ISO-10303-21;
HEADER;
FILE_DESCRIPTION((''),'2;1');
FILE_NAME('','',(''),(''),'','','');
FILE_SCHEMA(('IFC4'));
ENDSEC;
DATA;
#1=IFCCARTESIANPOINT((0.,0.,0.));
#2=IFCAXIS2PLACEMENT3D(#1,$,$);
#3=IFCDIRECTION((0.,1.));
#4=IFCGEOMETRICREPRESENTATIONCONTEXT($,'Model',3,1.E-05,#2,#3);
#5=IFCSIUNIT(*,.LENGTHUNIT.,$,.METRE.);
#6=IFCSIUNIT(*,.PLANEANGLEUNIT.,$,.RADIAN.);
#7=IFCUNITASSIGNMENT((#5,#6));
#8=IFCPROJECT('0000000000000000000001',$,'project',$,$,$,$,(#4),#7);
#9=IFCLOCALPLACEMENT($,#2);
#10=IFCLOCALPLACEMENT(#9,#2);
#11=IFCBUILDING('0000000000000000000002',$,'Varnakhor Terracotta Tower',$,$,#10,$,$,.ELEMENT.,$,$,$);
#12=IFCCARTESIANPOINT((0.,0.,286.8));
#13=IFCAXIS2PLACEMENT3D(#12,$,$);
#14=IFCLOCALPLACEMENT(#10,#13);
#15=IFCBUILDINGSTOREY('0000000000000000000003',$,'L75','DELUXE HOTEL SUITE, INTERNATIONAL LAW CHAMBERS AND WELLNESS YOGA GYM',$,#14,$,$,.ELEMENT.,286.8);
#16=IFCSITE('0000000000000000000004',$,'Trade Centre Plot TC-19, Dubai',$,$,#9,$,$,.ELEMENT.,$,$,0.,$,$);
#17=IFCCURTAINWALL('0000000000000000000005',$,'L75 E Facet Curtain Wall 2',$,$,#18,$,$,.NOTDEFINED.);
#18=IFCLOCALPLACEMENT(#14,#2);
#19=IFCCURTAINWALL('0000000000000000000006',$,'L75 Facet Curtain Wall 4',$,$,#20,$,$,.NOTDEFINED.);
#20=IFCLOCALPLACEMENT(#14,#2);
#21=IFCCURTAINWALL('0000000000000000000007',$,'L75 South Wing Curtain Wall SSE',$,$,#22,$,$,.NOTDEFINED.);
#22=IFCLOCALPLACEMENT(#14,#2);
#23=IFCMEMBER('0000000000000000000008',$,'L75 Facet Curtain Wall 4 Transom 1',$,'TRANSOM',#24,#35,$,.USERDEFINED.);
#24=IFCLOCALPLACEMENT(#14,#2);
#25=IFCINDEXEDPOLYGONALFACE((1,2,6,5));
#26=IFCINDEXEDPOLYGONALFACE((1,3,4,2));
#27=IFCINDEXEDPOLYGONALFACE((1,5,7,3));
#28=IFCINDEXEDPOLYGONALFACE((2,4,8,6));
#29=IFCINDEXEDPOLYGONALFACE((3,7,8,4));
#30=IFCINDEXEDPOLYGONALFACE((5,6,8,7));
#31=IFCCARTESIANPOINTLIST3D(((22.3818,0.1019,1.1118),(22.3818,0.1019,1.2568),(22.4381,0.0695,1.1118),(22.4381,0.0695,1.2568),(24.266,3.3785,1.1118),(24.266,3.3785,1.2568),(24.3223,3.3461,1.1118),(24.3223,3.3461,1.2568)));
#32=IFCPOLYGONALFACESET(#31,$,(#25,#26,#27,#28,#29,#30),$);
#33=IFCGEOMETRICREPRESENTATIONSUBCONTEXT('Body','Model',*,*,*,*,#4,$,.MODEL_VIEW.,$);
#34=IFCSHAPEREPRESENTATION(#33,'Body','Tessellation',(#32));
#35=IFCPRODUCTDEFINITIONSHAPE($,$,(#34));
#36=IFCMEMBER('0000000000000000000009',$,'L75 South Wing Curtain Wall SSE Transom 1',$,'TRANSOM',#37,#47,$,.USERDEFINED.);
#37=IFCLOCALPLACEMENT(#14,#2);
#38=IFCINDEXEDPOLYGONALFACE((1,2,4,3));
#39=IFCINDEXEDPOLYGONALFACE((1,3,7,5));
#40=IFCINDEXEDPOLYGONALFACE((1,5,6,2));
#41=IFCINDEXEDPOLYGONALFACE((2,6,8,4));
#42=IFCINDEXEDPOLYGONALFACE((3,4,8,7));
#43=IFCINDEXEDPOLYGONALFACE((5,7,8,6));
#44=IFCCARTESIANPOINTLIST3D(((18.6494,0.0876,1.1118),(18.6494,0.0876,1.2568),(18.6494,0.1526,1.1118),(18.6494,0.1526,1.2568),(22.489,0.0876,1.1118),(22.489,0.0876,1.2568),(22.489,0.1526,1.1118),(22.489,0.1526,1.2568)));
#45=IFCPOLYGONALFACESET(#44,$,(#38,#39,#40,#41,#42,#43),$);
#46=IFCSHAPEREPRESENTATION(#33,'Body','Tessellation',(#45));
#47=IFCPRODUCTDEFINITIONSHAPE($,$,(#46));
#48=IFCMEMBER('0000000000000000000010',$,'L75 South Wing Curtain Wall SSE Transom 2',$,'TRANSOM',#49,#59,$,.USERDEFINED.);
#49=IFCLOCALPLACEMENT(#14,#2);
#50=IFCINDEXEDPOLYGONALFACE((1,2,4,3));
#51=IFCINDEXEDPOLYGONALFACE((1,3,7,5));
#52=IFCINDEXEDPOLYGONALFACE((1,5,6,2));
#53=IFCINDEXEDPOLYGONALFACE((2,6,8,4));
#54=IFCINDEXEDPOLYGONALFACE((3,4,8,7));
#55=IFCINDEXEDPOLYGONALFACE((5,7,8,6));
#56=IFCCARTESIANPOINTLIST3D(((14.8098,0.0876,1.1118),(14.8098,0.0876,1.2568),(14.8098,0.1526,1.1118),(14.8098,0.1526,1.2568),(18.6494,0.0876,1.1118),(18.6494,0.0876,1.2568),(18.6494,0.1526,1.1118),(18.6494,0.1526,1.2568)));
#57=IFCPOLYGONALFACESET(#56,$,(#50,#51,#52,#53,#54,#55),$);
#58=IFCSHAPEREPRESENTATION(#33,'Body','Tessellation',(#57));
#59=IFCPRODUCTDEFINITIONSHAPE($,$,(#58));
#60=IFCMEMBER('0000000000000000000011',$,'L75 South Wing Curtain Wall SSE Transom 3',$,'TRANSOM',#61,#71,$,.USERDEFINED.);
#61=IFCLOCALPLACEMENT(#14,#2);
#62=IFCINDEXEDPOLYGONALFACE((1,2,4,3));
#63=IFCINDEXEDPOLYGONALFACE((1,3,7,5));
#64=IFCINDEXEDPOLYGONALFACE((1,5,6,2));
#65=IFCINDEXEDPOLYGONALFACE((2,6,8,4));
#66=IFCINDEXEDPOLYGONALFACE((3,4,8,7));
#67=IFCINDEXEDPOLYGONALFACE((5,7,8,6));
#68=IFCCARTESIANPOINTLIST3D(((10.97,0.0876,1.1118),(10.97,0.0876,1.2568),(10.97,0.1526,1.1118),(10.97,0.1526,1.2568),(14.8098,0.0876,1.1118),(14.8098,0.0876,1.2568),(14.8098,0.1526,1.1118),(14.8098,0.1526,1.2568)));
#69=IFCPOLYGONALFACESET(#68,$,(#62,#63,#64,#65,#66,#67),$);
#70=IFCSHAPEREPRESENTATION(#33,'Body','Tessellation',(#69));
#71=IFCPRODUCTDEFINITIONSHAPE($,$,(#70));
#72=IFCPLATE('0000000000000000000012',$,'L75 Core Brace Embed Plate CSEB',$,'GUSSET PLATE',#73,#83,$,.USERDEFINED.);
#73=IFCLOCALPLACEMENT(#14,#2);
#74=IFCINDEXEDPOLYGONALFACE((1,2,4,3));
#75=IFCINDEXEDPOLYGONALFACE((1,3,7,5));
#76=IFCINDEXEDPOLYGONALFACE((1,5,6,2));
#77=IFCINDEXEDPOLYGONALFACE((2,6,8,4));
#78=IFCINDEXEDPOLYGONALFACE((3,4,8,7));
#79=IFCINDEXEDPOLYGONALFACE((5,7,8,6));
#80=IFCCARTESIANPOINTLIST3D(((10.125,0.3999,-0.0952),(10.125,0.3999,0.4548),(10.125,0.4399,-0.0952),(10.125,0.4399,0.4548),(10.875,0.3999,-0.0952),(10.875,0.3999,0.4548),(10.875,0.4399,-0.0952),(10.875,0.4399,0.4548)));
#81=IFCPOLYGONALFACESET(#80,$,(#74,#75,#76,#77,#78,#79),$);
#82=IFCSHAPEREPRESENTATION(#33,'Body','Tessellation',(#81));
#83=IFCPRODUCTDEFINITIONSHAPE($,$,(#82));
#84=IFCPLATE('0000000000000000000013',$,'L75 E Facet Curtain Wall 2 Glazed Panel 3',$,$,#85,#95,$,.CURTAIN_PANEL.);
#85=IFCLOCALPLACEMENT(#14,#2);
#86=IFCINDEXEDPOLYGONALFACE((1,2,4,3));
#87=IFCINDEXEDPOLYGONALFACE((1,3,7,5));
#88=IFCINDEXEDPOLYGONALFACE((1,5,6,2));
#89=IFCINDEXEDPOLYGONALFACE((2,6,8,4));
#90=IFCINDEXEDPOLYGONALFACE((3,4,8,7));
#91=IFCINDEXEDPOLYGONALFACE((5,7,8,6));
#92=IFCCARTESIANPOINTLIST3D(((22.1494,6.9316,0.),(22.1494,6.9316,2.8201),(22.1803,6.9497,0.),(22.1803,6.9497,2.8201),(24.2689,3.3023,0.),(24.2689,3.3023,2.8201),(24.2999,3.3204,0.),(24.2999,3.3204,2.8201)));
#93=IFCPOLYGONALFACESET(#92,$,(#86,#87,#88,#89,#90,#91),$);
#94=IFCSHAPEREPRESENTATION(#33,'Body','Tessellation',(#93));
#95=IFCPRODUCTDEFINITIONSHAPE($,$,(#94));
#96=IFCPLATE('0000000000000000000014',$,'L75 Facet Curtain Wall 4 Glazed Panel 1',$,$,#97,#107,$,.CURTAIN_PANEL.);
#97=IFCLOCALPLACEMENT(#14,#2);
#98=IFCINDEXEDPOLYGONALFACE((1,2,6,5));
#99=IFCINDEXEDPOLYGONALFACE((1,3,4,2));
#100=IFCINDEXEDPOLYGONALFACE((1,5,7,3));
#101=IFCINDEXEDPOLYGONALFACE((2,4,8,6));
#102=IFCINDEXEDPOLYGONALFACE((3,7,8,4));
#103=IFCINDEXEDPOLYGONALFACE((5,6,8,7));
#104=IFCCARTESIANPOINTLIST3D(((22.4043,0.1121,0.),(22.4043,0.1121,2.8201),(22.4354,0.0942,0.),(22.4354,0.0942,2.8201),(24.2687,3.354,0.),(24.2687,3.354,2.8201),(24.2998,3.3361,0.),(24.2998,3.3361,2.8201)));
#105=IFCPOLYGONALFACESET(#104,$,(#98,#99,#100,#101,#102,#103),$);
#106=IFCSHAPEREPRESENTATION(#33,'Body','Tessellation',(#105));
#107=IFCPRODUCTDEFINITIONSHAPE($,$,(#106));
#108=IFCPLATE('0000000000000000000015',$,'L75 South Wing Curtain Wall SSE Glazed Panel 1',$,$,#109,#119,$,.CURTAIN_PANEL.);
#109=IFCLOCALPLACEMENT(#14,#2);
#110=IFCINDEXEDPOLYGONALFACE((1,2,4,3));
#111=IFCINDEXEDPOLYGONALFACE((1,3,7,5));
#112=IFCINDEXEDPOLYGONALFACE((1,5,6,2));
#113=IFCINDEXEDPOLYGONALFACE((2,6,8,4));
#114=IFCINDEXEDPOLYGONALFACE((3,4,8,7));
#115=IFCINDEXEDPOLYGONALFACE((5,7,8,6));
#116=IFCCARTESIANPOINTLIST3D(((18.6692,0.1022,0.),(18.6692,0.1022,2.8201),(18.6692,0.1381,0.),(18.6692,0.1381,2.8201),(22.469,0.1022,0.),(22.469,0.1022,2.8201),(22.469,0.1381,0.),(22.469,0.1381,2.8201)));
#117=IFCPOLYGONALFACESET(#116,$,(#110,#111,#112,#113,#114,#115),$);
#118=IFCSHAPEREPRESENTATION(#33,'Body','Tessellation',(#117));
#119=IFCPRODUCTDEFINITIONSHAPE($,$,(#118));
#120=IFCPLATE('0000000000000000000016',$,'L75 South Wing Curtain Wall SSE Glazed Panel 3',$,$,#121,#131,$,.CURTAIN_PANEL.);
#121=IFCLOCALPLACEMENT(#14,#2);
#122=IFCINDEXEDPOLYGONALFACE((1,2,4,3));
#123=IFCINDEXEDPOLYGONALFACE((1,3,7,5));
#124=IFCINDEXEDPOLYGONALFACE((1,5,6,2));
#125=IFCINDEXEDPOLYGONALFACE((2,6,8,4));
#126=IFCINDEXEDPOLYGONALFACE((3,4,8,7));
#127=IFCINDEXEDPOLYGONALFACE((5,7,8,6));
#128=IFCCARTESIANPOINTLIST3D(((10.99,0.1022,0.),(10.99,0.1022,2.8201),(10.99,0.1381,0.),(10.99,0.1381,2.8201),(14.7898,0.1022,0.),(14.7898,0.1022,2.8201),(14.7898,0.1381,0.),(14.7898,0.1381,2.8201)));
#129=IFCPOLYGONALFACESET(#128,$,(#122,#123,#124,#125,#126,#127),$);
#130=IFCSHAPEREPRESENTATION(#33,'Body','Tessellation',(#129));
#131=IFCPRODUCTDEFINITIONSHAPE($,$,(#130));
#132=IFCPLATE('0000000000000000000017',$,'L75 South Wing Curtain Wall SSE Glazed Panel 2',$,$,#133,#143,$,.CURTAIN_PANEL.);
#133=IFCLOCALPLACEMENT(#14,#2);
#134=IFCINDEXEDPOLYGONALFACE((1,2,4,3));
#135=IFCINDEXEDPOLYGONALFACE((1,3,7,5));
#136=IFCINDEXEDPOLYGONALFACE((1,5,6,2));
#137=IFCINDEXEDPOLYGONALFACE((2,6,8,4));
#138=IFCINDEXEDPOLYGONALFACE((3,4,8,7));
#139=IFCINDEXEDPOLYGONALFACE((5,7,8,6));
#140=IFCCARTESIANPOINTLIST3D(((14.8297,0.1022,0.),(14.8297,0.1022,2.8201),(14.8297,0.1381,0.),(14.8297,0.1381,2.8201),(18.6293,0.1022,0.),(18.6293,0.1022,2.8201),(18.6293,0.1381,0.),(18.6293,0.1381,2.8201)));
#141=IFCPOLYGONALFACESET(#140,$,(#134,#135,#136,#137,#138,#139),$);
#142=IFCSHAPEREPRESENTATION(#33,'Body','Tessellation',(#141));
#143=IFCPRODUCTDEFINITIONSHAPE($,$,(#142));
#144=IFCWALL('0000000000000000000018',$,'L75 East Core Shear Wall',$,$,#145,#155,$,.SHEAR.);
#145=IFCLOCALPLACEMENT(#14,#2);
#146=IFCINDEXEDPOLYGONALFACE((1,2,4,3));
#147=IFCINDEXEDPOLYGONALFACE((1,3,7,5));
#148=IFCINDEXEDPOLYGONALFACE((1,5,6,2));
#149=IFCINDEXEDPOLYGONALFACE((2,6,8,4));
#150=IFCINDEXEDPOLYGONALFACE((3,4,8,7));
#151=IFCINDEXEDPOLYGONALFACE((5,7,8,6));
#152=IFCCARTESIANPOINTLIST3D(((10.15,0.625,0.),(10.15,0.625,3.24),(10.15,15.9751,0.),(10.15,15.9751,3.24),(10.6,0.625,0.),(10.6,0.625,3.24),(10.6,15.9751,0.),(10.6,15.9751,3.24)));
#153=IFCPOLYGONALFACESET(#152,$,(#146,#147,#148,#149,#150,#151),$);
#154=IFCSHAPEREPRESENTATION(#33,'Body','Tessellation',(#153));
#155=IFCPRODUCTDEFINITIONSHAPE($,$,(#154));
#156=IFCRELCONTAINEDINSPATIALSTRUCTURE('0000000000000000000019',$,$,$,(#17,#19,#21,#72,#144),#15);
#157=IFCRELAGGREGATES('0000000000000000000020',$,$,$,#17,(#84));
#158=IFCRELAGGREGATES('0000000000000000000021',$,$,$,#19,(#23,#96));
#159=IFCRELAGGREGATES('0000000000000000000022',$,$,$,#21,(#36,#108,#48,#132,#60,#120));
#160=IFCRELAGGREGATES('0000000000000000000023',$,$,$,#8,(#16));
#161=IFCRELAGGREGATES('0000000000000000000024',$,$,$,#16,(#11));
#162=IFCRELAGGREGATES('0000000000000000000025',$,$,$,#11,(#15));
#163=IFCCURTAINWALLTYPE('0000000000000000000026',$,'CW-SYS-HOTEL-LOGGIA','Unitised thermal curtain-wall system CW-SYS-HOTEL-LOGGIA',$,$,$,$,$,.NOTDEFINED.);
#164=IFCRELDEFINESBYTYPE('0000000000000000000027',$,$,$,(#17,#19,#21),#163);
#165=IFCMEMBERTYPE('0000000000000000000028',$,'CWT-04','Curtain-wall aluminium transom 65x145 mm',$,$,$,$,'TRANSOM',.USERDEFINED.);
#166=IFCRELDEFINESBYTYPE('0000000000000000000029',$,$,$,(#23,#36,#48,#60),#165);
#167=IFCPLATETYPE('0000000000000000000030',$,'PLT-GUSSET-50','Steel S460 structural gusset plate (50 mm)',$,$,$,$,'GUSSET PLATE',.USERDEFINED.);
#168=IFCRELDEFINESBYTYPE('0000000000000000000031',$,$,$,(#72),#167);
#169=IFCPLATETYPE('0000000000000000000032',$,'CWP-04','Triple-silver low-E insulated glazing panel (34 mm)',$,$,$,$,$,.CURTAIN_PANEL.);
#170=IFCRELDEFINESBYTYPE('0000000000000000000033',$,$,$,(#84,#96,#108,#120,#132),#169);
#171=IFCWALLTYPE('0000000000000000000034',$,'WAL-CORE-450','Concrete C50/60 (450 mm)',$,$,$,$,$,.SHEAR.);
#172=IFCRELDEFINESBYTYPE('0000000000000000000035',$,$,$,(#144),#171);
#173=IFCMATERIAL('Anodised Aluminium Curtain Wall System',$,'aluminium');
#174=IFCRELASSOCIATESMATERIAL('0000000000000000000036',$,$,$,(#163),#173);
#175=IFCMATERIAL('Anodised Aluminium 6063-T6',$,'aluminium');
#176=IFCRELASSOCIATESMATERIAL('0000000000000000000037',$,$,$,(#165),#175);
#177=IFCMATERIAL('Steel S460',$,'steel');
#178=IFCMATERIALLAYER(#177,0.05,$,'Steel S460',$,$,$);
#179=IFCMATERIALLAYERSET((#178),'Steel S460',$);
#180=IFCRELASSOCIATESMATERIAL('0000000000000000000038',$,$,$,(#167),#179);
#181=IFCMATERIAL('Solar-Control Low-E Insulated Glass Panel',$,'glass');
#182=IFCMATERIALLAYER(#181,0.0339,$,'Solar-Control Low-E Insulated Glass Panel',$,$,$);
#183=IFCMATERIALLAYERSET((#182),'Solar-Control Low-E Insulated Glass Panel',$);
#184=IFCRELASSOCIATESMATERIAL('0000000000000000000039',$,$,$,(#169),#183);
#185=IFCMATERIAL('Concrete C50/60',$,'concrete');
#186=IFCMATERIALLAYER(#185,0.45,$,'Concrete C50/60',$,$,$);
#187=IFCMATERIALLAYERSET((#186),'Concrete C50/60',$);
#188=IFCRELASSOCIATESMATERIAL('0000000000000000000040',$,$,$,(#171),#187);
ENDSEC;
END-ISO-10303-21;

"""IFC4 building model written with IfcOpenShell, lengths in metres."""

from ifc_helpers import new_model, si_unit, direction, frame, frame_2d, origin, origin_2d, place, context, subcontext, project, spatial, rectangle, extrude, source, transform, mapped, material, layer, layer_set, material_profile, profile_set, type_object, type_shapes, element, aggregate, save


model = new_model("IFC4")

# Units and contexts
model_context = context("Model", 3, precision=1e-05, world=origin(), true_north=direction((0.0, 1.0)))
body_context = subcontext(model_context, "Body", "Model", "MODEL_VIEW")
ifc_project = project(units=[si_unit("LENGTHUNIT", "METRE"), si_unit("PLANEANGLEUNIT", "RADIAN")], contexts=[model_context])

# Site, building, storey
site_placement = place(None, origin())
site = spatial("IfcSite", under=ifc_project, at=site_placement, Name="Trade Centre Plot TC-19, Dubai", CompositionType="ELEMENT", RefElevation=0.0)
building_placement = place(site_placement, origin())
building = spatial("IfcBuilding", under=site, at=building_placement, Name="Varnakhor Terracotta Tower", CompositionType="ELEMENT")
storey_placement = place(building_placement, frame((0.0, 0.0, 286.8)))
storey = spatial("IfcBuildingStorey", under=building, at=storey_placement, Name="L75", Description="DELUXE HOTEL SUITE, INTERNATIONAL LAW CHAMBERS AND WELLNESS YOGA GYM", CompositionType="ELEMENT", Elevation=286.8)

# Shared definitions
ifc_material_1 = material(Name="Concrete C50/60", Category="concrete")

# Curtain walls
ifc_material_2 = material(Name="Anodised Aluminium Curtain Wall System", Category="aluminium")
curtain_wall_type = type_object("IfcCurtainWallType", Name="CW-SYS-HOTEL-LOGGIA", Description="Unitised thermal curtain-wall system CW-SYS-HOTEL-LOGGIA", PredefinedType="NOTDEFINED", material=ifc_material_2)
curtain_wall_1_placement = place(storey_placement, origin())
curtain_wall_1 = element("IfcCurtainWall", 1, at=curtain_wall_1_placement, inside=storey, type_object=curtain_wall_type, Name="L75 E Facet Curtain Wall 2", PredefinedType="NOTDEFINED")
ifc_material_3 = material(Name="Anodised Aluminium 6063-T6", Category="aluminium")
curtain_wall_2_placement = place(storey_placement, origin())
curtain_wall_2 = element("IfcCurtainWall", 2, at=curtain_wall_2_placement, inside=storey, type_object=curtain_wall_type, Name="L75 Facet Curtain Wall 4", PredefinedType="NOTDEFINED")

# Curtain wall
curtain_wall_3_placement = place(storey_placement, origin())
curtain_wall_3 = element("IfcCurtainWall", 3, at=curtain_wall_3_placement, inside=storey, type_object=curtain_wall_type, Name="L75 South Wing Curtain Wall SSE", PredefinedType="NOTDEFINED")

# Members
ifc_material_profile_1 = material_profile(ifc_material_3, rectangle(XDim=0.0649, YDim=0.145, at=origin_2d()), Name="ALU TRANSOM 65x145")
ifc_profile_set_1 = profile_set([ifc_material_profile_1], Name="Anodised Aluminium 6063-T6")
member_type_1 = type_object("IfcMemberType", Name="CWT-04", Description="Curtain-wall aluminium transom 65x145 mm", ElementType="TRANSOM", PredefinedType="USERDEFINED", material=ifc_profile_set_1)
shared_shape_1 = source(origin(), body_context, "Body", "SweptSolid", [
    extrude(rectangle(XDim=0.0649, YDim=0.145, at=origin_2d()), origin(), (0.0, 0.0, 1.0), 3.7798),
])
member_1_placement = place(storey_placement, frame((24.2942, 3.3623, 1.1843), z_axis=(-0.498516, -0.86688, 0.0), x_axis=(0.86688, -0.498516, 0.0)))
member_1 = element("IfcMember", 4, at=member_1_placement, type_object=member_type_1, Name="L75 Facet Curtain Wall 4 Transom 1", ObjectType="TRANSOM", PredefinedType="USERDEFINED", context=body_context, shape_type="MappedRepresentation", body=[
    mapped(shared_shape_1, transform((0.0, 0.0, 0.0), scale=1.0)),
])
shared_shape_2 = source(origin(), body_context, "Body", "SweptSolid", [
    extrude(rectangle(XDim=0.0649, YDim=0.145, at=origin_2d()), origin(), (0.0, 0.0, 1.0), 3.8396),
])
member_2_placement = place(storey_placement, frame((22.489, 0.1201, 1.1843), z_axis=(-1.0, 0.0, 0.0), x_axis=(0.0, -1.0, 0.0)))
member_2 = element("IfcMember", 5, at=member_2_placement, type_object=member_type_1, Name="L75 South Wing Curtain Wall SSE Transom 1", ObjectType="TRANSOM", PredefinedType="USERDEFINED", context=body_context, shape_type="MappedRepresentation", body=[
    mapped(shared_shape_2, transform((0.0, 0.0, 0.0), scale=1.0)),
])
member_3_placement = place(storey_placement, frame((18.6494, 0.1201, 1.1843), z_axis=(-1.0, 0.0, 0.0), x_axis=(0.0, -1.0, 0.0)))
member_3 = element("IfcMember", 6, at=member_3_placement, type_object=member_type_1, Name="L75 South Wing Curtain Wall SSE Transom 2", ObjectType="TRANSOM", PredefinedType="USERDEFINED", context=body_context, shape_type="MappedRepresentation", body=[
    mapped(shared_shape_2, transform((0.0, 0.0, 0.0), scale=1.0)),
])
shared_shape_3 = source(origin(), body_context, "Body", "SweptSolid", [
    extrude(rectangle(XDim=0.0649, YDim=0.145, at=origin_2d()), origin(), (0.0, 0.0, 1.0), 3.8398),
])
member_4_placement = place(storey_placement, frame((14.8098, 0.1201, 1.1843), z_axis=(-1.0, 0.0, 0.0), x_axis=(0.0, -1.0, 0.0)))
member_4 = element("IfcMember", 7, at=member_4_placement, type_object=member_type_1, Name="L75 South Wing Curtain Wall SSE Transom 3", ObjectType="TRANSOM", PredefinedType="USERDEFINED", context=body_context, shape_type="MappedRepresentation", body=[
    mapped(shared_shape_3, transform((0.0, 0.0, 0.0), scale=1.0)),
])

# Plates
ifc_material_4 = material(Name="Steel S460", Category="steel")
ifc_layer_1 = layer(ifc_material_4, 0.05, Name="Steel S460")
ifc_layer_set_1 = layer_set([ifc_layer_1], Name="Steel S460")
plate_type_1 = type_object("IfcPlateType", Name="PLT-GUSSET-50", Description="Steel S460 structural gusset plate (50 mm)", ElementType="GUSSET PLATE", PredefinedType="USERDEFINED", material=ifc_layer_set_1)
shared_shape_4 = source(origin(), body_context, "Body", "SweptSolid", [
    extrude(rectangle(XDim=0.75, YDim=0.04, at=origin_2d()), origin(), (0.0, 0.0, 1.0), 0.55),
])
type_shapes(plate_type_1, [shared_shape_4])
plate_1_placement = place(storey_placement, frame((10.5, 0.4199, -0.0952), z_axis=(0.0, 0.0, 1.0), x_axis=(1.0, 0.0, 0.0)))
element("IfcPlate", 8, at=plate_1_placement, inside=storey, type_object=plate_type_1, Name="L75 Core Brace Embed Plate CSEB", ObjectType="GUSSET PLATE", PredefinedType="USERDEFINED", context=body_context, shape_type="MappedRepresentation", body=[
    mapped(shared_shape_4, transform((0.0, 0.0, 0.0), scale=1.0)),
])
ifc_material_5 = material(Name="Solar-Control Low-E Insulated Glass Panel", Category="glass")
ifc_layer_2 = layer(ifc_material_5, 0.0339, Name="Solar-Control Low-E Insulated Glass Panel")
ifc_layer_set_2 = layer_set([ifc_layer_2], Name="Solar-Control Low-E Insulated Glass Panel")
plate_type_2 = type_object("IfcPlateType", Name="CWP-04", Description="Triple-silver low-E insulated glazing panel (34 mm)", PredefinedType="CURTAIN_PANEL", material=ifc_layer_set_2)
shared_shape_5 = source(origin(), body_context, "Body", "SweptSolid", [
    extrude(rectangle(XDim=4.2029, YDim=0.0359, at=origin_2d()), origin(), (0.0, 0.0, 1.0), 2.8201),
])
plate_2_placement = place(storey_placement, frame((23.2246, 5.126, 0.0), z_axis=(0.0, 0.0, 1.0), x_axis=(0.504302, -0.863528, 0.0)))
plate_2 = element("IfcPlate", 9, at=plate_2_placement, type_object=plate_type_2, Name="L75 E Facet Curtain Wall 2 Glazed Panel 3", PredefinedType="CURTAIN_PANEL", context=body_context, shape_type="MappedRepresentation", body=[
    mapped(shared_shape_5, transform((0.0, 0.0, 0.0), scale=1.0)),
])
aggregate(curtain_wall_1, [plate_2])
shared_shape_6 = source(origin(), body_context, "Body", "SweptSolid", [
    extrude(rectangle(XDim=3.7397, YDim=0.0359, at=origin_2d()), origin(), (0.0, 0.0, 1.0), 2.8201),
])
plate_3_placement = place(storey_placement, frame((23.3521, 1.7241, 0.0), z_axis=(0.0, 0.0, 1.0), x_axis=(-0.498518, -0.866879, 0.0)))
plate_3 = element("IfcPlate", 10, at=plate_3_placement, type_object=plate_type_2, Name="L75 Facet Curtain Wall 4 Glazed Panel 1", PredefinedType="CURTAIN_PANEL", context=body_context, shape_type="MappedRepresentation", body=[
    mapped(shared_shape_6, transform((0.0, 0.0, 0.0), scale=1.0)),
])
aggregate(curtain_wall_2, [member_1, plate_3])
shared_shape_7 = source(origin(), body_context, "Body", "SweptSolid", [
    extrude(rectangle(XDim=3.7998, YDim=0.0359, at=origin_2d()), origin(), (0.0, 0.0, 1.0), 2.8201),
])
plate_4_placement = place(storey_placement, frame((20.5691, 0.1201, 0.0), z_axis=(0.0, 0.0, 1.0), x_axis=(-1.0, 0.0, 0.0)))
plate_4 = element("IfcPlate", 11, at=plate_4_placement, type_object=plate_type_2, Name="L75 South Wing Curtain Wall SSE Glazed Panel 1", PredefinedType="CURTAIN_PANEL", context=body_context, shape_type="MappedRepresentation", body=[
    mapped(shared_shape_7, transform((0.0, 0.0, 0.0), scale=1.0)),
])
plate_5_placement = place(storey_placement, frame((12.8899, 0.1201, 0.0), z_axis=(0.0, 0.0, 1.0), x_axis=(-1.0, 0.0, 0.0)))
plate_5 = element("IfcPlate", 12, at=plate_5_placement, type_object=plate_type_2, Name="L75 South Wing Curtain Wall SSE Glazed Panel 3", PredefinedType="CURTAIN_PANEL", context=body_context, shape_type="MappedRepresentation", body=[
    mapped(shared_shape_7, transform((0.0, 0.0, 0.0), scale=1.0)),
])
shared_shape_8 = source(origin(), body_context, "Body", "SweptSolid", [
    extrude(rectangle(XDim=3.7996, YDim=0.0359, at=origin_2d()), origin(), (0.0, 0.0, 1.0), 2.8201),
])
plate_6_placement = place(storey_placement, frame((16.7295, 0.1201, 0.0), z_axis=(0.0, 0.0, 1.0), x_axis=(-1.0, 0.0, 0.0)))
plate_6 = element("IfcPlate", 13, at=plate_6_placement, type_object=plate_type_2, Name="L75 South Wing Curtain Wall SSE Glazed Panel 2", PredefinedType="CURTAIN_PANEL", context=body_context, shape_type="MappedRepresentation", body=[
    mapped(shared_shape_8, transform((0.0, 0.0, 0.0), scale=1.0)),
])
aggregate(curtain_wall_3, [member_2, plate_4, member_3, plate_6, member_4, plate_5])

# Wall
ifc_layer_3 = layer(ifc_material_1, 0.45, Name="Concrete C50/60")
ifc_layer_set_3 = layer_set([ifc_layer_3], Name="Concrete C50/60")
wall_type_1 = type_object("IfcWallType", Name="WAL-CORE-450", Description="Concrete C50/60 (450 mm)", PredefinedType="SHEAR", material=ifc_layer_set_3)
wall_1_placement = place(storey_placement, frame((10.375, 0.625, 0.0), z_axis=(0.0, 0.0, 1.0), x_axis=(0.0, 1.0, 0.0)))
element("IfcWall", 14, at=wall_1_placement, inside=storey, type_object=wall_type_1, Name="L75 East Core Shear Wall", PredefinedType="SHEAR", context=body_context, shape_type="SweptSolid", body=[
    extrude(rectangle(XDim=15.3501, YDim=0.45, at=frame_2d((7.675, 0.0))), origin(), (0.0, 0.0, 1.0), 3.24),
])

save(model, "model.ifc")
